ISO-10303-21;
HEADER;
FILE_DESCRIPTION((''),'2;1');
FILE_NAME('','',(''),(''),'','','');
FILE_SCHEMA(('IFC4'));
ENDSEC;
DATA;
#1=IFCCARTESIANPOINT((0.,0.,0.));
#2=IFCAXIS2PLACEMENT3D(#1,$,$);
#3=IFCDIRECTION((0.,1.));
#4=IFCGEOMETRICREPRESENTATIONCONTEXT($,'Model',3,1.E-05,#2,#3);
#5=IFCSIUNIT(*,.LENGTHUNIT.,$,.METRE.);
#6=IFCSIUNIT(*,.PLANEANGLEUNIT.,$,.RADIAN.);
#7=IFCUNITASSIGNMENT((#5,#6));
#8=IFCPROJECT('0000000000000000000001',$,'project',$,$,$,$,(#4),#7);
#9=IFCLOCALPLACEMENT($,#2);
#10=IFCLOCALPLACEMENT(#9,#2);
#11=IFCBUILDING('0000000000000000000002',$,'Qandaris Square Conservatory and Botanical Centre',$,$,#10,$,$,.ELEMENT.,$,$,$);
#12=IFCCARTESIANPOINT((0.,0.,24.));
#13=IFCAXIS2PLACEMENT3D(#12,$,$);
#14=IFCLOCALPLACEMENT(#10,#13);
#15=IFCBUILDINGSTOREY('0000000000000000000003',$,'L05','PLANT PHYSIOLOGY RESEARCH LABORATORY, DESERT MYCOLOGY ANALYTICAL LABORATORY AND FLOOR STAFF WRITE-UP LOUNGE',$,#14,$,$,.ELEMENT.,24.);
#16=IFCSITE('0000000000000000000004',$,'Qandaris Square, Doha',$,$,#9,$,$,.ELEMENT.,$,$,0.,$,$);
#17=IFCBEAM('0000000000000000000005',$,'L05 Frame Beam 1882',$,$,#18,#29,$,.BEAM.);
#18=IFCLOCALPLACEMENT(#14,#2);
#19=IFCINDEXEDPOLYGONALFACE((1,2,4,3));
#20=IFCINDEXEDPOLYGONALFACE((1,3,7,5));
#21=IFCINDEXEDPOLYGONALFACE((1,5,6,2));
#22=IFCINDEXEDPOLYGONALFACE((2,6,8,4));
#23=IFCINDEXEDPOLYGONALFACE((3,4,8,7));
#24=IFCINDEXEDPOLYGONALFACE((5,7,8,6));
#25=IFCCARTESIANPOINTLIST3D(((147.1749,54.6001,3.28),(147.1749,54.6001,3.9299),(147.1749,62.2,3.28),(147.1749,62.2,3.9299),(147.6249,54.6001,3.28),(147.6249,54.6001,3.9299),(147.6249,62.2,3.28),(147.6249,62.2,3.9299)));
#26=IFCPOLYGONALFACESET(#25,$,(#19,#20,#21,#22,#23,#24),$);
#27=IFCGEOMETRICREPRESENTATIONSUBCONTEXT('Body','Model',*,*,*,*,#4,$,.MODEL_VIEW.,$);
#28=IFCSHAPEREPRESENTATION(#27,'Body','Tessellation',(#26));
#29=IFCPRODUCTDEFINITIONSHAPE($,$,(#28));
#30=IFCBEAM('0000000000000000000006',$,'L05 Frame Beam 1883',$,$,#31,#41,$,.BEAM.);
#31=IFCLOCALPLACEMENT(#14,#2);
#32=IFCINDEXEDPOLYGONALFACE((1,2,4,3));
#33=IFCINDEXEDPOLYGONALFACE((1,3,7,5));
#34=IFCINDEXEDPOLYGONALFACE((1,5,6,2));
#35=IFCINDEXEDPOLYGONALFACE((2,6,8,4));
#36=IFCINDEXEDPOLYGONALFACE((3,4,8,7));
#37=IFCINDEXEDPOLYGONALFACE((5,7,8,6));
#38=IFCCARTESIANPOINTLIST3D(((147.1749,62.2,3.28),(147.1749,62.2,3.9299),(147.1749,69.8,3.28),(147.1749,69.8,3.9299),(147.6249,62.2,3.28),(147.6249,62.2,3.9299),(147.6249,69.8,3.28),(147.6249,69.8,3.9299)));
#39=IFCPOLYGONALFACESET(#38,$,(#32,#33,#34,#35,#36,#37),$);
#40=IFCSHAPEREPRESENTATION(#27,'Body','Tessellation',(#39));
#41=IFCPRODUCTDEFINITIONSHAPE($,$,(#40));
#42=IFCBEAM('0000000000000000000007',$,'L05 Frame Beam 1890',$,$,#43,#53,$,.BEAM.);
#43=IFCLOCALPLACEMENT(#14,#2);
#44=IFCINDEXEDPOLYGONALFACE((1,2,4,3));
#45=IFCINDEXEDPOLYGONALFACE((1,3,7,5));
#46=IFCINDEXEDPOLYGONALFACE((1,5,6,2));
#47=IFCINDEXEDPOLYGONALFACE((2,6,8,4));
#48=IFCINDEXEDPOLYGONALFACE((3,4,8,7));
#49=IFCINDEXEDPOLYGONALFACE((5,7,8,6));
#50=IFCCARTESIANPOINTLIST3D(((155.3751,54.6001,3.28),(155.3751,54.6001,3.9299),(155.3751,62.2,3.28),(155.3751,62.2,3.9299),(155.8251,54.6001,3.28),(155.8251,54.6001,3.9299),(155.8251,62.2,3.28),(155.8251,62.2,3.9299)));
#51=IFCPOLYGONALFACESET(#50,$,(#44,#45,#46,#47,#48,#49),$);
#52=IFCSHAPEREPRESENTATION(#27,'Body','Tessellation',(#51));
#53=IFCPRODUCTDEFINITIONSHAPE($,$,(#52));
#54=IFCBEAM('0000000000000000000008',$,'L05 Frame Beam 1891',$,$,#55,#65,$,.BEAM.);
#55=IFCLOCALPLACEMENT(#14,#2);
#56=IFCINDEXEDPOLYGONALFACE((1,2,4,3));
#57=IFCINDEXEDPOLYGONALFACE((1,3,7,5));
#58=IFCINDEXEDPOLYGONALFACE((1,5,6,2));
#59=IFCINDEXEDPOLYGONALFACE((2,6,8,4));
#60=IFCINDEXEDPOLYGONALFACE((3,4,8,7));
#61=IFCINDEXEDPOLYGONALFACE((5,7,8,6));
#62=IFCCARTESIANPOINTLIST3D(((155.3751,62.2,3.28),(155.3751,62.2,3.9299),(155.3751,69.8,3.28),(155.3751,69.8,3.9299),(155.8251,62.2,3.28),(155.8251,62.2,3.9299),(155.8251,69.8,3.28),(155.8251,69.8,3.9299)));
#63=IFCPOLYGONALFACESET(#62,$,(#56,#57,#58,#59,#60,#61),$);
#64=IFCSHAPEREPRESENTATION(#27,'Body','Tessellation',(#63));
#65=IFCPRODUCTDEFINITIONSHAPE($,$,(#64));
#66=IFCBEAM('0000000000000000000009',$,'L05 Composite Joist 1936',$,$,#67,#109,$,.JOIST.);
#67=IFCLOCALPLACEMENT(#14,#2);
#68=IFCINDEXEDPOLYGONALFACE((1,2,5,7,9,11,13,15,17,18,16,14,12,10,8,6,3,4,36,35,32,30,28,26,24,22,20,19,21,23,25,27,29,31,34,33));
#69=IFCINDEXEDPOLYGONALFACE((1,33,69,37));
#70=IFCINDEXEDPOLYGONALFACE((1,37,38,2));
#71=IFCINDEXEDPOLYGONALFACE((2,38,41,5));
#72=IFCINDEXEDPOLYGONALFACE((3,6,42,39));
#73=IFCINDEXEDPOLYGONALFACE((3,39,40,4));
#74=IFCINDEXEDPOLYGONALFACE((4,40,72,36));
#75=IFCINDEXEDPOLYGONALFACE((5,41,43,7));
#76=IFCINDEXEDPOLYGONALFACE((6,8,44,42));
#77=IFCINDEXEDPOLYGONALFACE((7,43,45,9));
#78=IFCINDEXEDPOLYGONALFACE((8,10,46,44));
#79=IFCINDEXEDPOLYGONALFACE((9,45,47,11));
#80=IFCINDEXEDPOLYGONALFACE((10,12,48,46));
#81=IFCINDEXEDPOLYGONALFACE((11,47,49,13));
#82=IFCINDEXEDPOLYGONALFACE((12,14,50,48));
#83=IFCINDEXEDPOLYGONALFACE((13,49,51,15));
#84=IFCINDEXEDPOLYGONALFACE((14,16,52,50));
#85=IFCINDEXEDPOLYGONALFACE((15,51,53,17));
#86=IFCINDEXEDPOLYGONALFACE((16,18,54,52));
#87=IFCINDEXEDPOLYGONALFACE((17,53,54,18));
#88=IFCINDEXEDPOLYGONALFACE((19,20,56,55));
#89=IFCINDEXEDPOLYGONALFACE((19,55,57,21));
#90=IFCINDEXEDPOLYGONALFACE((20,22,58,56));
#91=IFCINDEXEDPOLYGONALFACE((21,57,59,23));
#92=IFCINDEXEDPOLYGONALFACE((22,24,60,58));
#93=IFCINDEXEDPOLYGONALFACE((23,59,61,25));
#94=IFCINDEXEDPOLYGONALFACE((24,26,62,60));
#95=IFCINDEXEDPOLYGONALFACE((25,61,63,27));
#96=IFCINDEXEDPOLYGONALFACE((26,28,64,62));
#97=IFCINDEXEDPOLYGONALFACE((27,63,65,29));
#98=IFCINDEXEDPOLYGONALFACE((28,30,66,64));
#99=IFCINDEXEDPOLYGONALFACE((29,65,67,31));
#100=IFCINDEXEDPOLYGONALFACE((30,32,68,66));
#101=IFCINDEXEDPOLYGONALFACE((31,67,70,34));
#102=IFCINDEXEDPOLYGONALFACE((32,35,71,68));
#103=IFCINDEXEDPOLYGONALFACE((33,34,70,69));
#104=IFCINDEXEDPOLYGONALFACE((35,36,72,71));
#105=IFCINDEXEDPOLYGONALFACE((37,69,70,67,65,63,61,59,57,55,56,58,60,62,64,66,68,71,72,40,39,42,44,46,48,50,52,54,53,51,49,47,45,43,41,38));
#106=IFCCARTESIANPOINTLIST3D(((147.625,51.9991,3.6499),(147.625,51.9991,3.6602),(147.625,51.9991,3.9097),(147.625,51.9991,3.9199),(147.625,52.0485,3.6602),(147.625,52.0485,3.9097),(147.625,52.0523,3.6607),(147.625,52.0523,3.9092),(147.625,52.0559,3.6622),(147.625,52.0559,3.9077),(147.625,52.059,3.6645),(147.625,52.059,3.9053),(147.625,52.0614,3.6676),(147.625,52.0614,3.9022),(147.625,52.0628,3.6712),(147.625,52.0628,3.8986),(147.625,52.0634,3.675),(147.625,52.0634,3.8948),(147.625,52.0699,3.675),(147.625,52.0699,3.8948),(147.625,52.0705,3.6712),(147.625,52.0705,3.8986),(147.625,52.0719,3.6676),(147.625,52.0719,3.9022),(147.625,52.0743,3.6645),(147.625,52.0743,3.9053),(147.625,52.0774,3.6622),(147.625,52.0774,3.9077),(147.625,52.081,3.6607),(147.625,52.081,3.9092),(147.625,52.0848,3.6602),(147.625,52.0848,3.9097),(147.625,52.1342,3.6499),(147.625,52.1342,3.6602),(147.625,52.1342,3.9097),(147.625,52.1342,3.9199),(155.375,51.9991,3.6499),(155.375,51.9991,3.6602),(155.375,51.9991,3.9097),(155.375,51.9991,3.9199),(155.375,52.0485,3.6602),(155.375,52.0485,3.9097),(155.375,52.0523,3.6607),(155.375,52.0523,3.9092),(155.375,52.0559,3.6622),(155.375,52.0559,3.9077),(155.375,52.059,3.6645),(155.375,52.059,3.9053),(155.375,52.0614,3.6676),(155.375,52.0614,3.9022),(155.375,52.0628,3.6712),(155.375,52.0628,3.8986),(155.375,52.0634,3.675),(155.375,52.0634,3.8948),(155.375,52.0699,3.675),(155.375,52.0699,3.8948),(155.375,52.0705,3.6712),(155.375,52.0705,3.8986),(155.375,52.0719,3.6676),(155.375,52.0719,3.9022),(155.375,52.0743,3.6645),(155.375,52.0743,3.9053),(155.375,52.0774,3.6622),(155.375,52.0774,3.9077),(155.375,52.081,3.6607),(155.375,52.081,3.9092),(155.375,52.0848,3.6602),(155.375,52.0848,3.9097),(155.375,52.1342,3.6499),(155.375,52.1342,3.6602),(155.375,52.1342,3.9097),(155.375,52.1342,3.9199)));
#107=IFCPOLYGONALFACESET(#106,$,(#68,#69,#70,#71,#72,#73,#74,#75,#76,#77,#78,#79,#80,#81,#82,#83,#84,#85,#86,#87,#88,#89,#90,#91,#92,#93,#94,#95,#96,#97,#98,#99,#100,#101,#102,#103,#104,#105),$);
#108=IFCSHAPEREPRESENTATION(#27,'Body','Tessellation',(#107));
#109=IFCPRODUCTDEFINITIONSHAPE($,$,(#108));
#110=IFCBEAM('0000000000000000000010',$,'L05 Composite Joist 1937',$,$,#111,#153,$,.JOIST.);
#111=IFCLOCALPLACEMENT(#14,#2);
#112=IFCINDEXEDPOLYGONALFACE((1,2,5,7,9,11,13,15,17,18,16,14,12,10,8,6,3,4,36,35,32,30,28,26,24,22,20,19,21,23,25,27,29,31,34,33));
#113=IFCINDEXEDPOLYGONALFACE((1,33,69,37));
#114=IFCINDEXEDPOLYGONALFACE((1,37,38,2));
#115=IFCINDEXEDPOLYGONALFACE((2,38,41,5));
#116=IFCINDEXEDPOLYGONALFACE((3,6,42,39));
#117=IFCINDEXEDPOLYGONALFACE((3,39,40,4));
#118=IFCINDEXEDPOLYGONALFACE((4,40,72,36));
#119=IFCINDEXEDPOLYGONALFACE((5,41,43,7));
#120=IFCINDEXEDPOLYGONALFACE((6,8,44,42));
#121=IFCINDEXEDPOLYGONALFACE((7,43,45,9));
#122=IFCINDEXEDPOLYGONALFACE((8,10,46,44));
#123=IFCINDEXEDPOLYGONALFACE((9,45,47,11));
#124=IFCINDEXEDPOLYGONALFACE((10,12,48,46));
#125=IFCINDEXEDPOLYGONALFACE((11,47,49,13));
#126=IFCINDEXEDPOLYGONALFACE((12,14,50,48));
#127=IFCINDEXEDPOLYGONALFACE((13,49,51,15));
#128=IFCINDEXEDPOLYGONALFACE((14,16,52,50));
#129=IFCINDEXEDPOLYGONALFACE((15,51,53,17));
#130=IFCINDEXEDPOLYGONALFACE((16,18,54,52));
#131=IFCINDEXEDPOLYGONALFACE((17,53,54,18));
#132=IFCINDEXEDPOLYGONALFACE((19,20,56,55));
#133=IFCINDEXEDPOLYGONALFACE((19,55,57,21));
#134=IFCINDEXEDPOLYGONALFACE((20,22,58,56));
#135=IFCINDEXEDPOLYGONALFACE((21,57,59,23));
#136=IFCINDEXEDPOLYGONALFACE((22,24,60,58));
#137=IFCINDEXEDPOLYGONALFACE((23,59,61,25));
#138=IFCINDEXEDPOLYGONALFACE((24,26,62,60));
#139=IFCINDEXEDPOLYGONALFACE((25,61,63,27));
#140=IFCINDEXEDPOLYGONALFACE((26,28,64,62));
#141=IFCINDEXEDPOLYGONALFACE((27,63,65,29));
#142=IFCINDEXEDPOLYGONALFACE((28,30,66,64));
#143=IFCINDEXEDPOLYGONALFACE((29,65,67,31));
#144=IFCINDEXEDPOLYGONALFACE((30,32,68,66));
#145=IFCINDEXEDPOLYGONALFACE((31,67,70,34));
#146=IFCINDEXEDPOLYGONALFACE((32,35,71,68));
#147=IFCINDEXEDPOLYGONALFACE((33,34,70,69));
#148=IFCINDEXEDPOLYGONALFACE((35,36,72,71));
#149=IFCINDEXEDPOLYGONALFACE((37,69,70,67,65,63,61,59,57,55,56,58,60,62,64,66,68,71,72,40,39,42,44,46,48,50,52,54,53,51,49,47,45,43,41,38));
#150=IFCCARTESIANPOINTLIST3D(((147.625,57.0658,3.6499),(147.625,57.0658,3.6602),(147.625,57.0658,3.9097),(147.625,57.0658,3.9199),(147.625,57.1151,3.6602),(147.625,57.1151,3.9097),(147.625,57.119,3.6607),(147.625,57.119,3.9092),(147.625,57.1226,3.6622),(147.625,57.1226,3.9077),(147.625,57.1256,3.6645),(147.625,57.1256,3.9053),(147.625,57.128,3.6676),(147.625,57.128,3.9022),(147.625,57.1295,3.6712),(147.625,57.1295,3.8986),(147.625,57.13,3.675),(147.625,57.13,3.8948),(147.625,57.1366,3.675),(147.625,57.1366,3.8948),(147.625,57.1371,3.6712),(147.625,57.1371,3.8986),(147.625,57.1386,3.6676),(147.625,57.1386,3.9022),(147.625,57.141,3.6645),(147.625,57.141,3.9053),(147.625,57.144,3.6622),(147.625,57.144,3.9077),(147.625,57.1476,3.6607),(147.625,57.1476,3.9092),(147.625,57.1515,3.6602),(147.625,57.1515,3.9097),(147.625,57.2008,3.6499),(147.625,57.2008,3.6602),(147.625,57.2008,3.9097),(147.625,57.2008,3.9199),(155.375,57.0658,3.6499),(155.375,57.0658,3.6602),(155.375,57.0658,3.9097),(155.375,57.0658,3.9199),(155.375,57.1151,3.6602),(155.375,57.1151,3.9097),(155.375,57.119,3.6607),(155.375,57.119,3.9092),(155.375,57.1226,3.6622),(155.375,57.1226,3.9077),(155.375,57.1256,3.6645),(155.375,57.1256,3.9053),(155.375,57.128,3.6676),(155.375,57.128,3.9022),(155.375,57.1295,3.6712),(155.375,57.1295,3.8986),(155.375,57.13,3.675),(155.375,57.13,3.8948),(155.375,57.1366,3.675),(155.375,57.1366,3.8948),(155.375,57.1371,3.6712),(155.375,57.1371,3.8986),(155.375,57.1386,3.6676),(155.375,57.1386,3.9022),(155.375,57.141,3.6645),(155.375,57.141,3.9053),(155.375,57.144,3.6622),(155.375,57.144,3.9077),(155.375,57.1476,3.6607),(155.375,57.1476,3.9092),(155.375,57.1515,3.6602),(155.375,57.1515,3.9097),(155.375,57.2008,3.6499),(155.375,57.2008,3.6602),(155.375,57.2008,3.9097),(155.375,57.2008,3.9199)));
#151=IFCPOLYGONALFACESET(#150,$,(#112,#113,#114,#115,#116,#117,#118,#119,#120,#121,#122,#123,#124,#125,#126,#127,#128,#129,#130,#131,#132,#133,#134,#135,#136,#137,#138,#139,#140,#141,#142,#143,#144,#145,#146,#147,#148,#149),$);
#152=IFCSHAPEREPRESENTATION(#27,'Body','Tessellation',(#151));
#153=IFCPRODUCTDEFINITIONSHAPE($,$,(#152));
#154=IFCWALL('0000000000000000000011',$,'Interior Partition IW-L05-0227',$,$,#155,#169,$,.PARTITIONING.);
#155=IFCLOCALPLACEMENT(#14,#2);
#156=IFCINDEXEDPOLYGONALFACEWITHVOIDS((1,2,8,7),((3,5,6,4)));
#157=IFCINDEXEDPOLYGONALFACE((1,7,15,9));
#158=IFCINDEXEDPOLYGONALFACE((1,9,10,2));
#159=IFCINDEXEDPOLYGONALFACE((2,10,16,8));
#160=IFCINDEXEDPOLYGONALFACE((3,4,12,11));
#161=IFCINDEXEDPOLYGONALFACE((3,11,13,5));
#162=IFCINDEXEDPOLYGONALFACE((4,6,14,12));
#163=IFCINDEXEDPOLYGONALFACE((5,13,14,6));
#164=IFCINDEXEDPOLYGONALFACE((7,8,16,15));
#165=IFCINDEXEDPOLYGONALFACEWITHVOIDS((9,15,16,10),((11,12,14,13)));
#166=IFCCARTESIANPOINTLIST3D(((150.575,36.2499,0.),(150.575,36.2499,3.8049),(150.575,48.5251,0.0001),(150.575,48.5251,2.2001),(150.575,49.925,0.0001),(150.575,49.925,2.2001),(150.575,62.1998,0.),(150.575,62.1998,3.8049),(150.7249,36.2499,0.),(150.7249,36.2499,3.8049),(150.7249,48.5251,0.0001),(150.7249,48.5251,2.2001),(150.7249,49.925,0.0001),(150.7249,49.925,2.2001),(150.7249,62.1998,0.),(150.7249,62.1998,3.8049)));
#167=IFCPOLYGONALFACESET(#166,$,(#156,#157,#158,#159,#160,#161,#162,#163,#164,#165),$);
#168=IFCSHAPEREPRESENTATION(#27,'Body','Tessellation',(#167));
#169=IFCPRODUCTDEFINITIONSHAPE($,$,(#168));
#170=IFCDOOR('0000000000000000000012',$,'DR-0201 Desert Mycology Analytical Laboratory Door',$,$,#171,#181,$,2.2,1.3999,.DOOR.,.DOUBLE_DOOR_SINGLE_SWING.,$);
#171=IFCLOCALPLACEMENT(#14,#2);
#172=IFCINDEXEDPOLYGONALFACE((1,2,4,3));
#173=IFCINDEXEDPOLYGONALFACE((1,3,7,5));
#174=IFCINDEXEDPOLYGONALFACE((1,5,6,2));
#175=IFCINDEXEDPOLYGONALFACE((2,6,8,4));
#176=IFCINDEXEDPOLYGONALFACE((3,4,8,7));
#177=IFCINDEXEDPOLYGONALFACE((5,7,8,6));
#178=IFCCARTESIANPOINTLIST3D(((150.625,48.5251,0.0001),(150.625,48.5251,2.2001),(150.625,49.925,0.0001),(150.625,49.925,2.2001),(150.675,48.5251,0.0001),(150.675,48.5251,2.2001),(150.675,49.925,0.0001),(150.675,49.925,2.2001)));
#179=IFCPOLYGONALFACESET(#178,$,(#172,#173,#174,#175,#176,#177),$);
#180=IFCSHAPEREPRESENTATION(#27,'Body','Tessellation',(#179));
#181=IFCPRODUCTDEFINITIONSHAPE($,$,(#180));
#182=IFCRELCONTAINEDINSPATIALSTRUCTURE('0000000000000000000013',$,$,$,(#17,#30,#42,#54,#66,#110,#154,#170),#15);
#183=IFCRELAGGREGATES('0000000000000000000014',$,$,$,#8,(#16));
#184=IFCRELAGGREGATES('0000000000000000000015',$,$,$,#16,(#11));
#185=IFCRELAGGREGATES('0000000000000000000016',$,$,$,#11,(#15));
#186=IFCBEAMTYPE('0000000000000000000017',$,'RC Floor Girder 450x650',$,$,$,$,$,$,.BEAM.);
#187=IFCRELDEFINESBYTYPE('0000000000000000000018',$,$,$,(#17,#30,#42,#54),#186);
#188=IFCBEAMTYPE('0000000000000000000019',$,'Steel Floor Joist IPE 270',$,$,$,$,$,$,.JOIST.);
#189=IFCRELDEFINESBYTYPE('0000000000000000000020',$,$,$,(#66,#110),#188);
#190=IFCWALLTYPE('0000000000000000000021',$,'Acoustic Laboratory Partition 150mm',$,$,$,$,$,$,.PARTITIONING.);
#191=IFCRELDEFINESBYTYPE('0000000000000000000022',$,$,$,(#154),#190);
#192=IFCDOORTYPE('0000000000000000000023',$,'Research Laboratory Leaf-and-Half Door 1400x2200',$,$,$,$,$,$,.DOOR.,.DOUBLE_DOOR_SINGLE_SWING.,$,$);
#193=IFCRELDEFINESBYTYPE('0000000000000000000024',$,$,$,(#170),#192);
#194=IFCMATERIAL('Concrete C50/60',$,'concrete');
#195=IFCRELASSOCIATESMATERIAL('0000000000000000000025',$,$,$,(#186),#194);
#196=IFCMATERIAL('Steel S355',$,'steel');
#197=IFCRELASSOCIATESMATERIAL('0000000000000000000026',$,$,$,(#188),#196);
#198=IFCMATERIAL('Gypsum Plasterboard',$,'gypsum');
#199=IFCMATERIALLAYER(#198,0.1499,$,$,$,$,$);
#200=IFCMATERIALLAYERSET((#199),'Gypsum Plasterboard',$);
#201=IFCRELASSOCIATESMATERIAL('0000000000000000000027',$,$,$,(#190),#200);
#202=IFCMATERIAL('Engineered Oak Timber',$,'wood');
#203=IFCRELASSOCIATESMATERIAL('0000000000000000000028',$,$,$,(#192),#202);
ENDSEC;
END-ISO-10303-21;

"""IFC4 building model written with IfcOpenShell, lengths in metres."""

from ifc_helpers import new_model, si_unit, direction, frame, frame_2d, origin, origin_2d, place, context, subcontext, project, spatial, rectangle, i_section, extrude, material, layer, layer_set, material_profile, profile_set, type_object, element, fill, save


model = new_model("IFC4")

# Units and contexts
model_context = context("Model", 3, precision=1e-05, world=origin(), true_north=direction((0.0, 1.0)))
body_context = subcontext(model_context, "Body", "Model", "MODEL_VIEW")
ifc_project = project(units=[si_unit("LENGTHUNIT", "METRE"), si_unit("PLANEANGLEUNIT", "RADIAN")], contexts=[model_context])

# Site, building, storey
site_placement = place(None, origin())
site = spatial("IfcSite", under=ifc_project, at=site_placement, Name="Qandaris Square, Doha", CompositionType="ELEMENT", RefElevation=0.0)
building_placement = place(site_placement, origin())
building = spatial("IfcBuilding", under=site, at=building_placement, Name="Qandaris Square Conservatory and Botanical Centre", CompositionType="ELEMENT")
storey_placement = place(building_placement, frame((0.0, 0.0, 24.0)))
storey = spatial("IfcBuildingStorey", under=building, at=storey_placement, Name="L05", Description="PLANT PHYSIOLOGY RESEARCH LABORATORY, DESERT MYCOLOGY ANALYTICAL LABORATORY AND FLOOR STAFF WRITE-UP LOUNGE", CompositionType="ELEMENT", Elevation=24.0)

# Shared definitions
ifc_material_1 = material(Name="Concrete C50/60", Category="concrete")

# Beams
ifc_material_2 = material(Name="Steel S355", Category="steel")
ifc_material_profile_1 = material_profile(ifc_material_1, rectangle(XDim=0.45, YDim=0.6499, at=origin_2d()), Name="RC-BM 450x650")
ifc_profile_set_1 = profile_set([ifc_material_profile_1], Name="Concrete C50/60")
beam_type_1 = type_object("IfcBeamType", Name="RC Floor Girder 450x650", PredefinedType="BEAM", material=ifc_profile_set_1)
beam_1_placement = place(storey_placement, frame((147.3999, 54.6001, 3.605), z_axis=(0.0, 1.0, 0.0), x_axis=(-1.0, 0.0, 0.0)))
element("IfcBeam", 1, at=beam_1_placement, inside=storey, type_object=beam_type_1, Name="L05 Frame Beam 1882", PredefinedType="BEAM", context=body_context, shape_type="SweptSolid", body=[
    extrude(rectangle(XDim=0.45, YDim=0.6499, at=origin_2d()), origin(), (0.0, 0.0, 1.0), 7.5999),
])
beam_2_placement = place(storey_placement, frame((147.3999, 62.2, 3.605), z_axis=(0.0, 1.0, 0.0), x_axis=(-1.0, 0.0, 0.0)))
element("IfcBeam", 2, at=beam_2_placement, inside=storey, type_object=beam_type_1, Name="L05 Frame Beam 1883", PredefinedType="BEAM", context=body_context, shape_type="SweptSolid", body=[
    extrude(rectangle(XDim=0.45, YDim=0.6499, at=origin_2d()), origin(), (0.0, 0.0, 1.0), 7.6001),
])
beam_3_placement = place(storey_placement, frame((155.6001, 54.6001, 3.605), z_axis=(0.0, 1.0, 0.0), x_axis=(-1.0, 0.0, 0.0)))
element("IfcBeam", 3, at=beam_3_placement, inside=storey, type_object=beam_type_1, Name="L05 Frame Beam 1890", PredefinedType="BEAM", context=body_context, shape_type="SweptSolid", body=[
    extrude(rectangle(XDim=0.45, YDim=0.6499, at=origin_2d()), origin(), (0.0, 0.0, 1.0), 7.5999),
])
beam_4_placement = place(storey_placement, frame((155.6001, 62.2, 3.605), z_axis=(0.0, 1.0, 0.0), x_axis=(-1.0, 0.0, 0.0)))
element("IfcBeam", 4, at=beam_4_placement, inside=storey, type_object=beam_type_1, Name="L05 Frame Beam 1891", PredefinedType="BEAM", context=body_context, shape_type="SweptSolid", body=[
    extrude(rectangle(XDim=0.45, YDim=0.6499, at=origin_2d()), origin(), (0.0, 0.0, 1.0), 7.6001),
])
ifc_material_profile_2 = material_profile(ifc_material_2, i_section(OverallWidth=0.135, OverallDepth=0.27, WebThickness=0.0066, FlangeThickness=0.0103, FilletRadius=0.0149, at=origin_2d()), Name="IPE 270")
ifc_profile_set_2 = profile_set([ifc_material_profile_2], Name="Steel S355")
beam_type_2 = type_object("IfcBeamType", Name="Steel Floor Joist IPE 270", PredefinedType="JOIST", material=ifc_profile_set_2)
for number, where, z_axis, x_axis, name in (
    (5, (147.625, 52.0667, 3.7849), (1.0, 0.0, 0.0), (0.0, 1.0, 0.0), "L05 Composite Joist 1936"),
    (6, (147.625, 57.1333, 3.7849), (1.0, 0.0, 0.0), (0.0, 1.0, 0.0), "L05 Composite Joist 1937"),
):
    element("IfcBeam", number, at=place(storey_placement, frame(where, z_axis=z_axis, x_axis=x_axis)), inside=storey, type_object=beam_type_2, Name=name, PredefinedType="JOIST", context=body_context, shape_type="SweptSolid", body=[
        extrude(i_section(OverallWidth=0.135, OverallDepth=0.27, WebThickness=0.0066, FlangeThickness=0.0103, FilletRadius=0.0149, at=origin_2d()), origin(), (0.0, 0.0, 1.0), 7.75),
    ])

# Wall, opening, door
ifc_material_3 = material(Name="Gypsum Plasterboard", Category="gypsum")
ifc_layer_1 = layer(ifc_material_3, 0.1499)
ifc_layer_set_1 = layer_set([ifc_layer_1], Name="Gypsum Plasterboard")
wall_type_1 = type_object("IfcWallType", Name="Acoustic Laboratory Partition 150mm", PredefinedType="PARTITIONING", material=ifc_layer_set_1)
wall_1_placement = place(storey_placement, frame((150.6499, 62.2, 0.0), z_axis=(0.0, 0.0, 1.0), x_axis=(0.0, -1.0, 0.0)))
wall_1 = element("IfcWall", 7, at=wall_1_placement, inside=storey, type_object=wall_type_1, Name="Interior Partition IW-L05-0227", PredefinedType="PARTITIONING", context=body_context, shape_type="SweptSolid", body=[
    extrude(rectangle(XDim=25.95, YDim=0.1499, at=frame_2d((12.9751, 0.0))), origin(), (0.0, 0.0, 1.0), 3.8049),
])
opening_1_placement = place(wall_1_placement, frame((12.2749, 0.0, 0.0)))
opening_1 = element("IfcOpeningElement", 8, at=opening_1_placement, cuts=wall_1, PredefinedType="OPENING", context=body_context, shape_type="SweptSolid", body=[
    extrude(rectangle(XDim=1.3999, YDim=2.2, at=frame_2d((0.7, 1.1001))), frame((0.0, 0.0869, 0.0), z_axis=(0.0, -1.0, 0.0), x_axis=(1.0, 0.0, 0.0)), (0.0, 0.0, 1.0), 0.1738),
])
ifc_material_4 = material(Name="Engineered Oak Timber", Category="wood")
door_type_1 = type_object("IfcDoorType", Name="Research Laboratory Leaf-and-Half Door 1400x2200", OperationType="DOUBLE_DOOR_SINGLE_SWING", PredefinedType="DOOR", material=ifc_material_4)
door_1_placement = place(opening_1_placement, frame((1.3999, 0.0, 0.0), z_axis=(0.0, 0.0, 1.0), x_axis=(-1.0, 0.0, 0.0)))
door_1 = element("IfcDoor", 9, at=door_1_placement, inside=storey, type_object=door_type_1, Name="DR-0201 Desert Mycology Analytical Laboratory Door", OperationType="DOUBLE_DOOR_SINGLE_SWING", OverallHeight=2.2, OverallWidth=1.3999, PredefinedType="DOOR", context=body_context, shape_type="SweptSolid", body=[
    extrude(rectangle(XDim=1.3999, YDim=2.2, at=frame_2d((0.7, 1.1001))), frame((0.0, 0.0249, 0.0), z_axis=(0.0, -1.0, 0.0), x_axis=(1.0, 0.0, 0.0)), (0.0, 0.0, 1.0), 0.05),
])
fill(opening_1, door_1)

save(model, "model.ifc")
